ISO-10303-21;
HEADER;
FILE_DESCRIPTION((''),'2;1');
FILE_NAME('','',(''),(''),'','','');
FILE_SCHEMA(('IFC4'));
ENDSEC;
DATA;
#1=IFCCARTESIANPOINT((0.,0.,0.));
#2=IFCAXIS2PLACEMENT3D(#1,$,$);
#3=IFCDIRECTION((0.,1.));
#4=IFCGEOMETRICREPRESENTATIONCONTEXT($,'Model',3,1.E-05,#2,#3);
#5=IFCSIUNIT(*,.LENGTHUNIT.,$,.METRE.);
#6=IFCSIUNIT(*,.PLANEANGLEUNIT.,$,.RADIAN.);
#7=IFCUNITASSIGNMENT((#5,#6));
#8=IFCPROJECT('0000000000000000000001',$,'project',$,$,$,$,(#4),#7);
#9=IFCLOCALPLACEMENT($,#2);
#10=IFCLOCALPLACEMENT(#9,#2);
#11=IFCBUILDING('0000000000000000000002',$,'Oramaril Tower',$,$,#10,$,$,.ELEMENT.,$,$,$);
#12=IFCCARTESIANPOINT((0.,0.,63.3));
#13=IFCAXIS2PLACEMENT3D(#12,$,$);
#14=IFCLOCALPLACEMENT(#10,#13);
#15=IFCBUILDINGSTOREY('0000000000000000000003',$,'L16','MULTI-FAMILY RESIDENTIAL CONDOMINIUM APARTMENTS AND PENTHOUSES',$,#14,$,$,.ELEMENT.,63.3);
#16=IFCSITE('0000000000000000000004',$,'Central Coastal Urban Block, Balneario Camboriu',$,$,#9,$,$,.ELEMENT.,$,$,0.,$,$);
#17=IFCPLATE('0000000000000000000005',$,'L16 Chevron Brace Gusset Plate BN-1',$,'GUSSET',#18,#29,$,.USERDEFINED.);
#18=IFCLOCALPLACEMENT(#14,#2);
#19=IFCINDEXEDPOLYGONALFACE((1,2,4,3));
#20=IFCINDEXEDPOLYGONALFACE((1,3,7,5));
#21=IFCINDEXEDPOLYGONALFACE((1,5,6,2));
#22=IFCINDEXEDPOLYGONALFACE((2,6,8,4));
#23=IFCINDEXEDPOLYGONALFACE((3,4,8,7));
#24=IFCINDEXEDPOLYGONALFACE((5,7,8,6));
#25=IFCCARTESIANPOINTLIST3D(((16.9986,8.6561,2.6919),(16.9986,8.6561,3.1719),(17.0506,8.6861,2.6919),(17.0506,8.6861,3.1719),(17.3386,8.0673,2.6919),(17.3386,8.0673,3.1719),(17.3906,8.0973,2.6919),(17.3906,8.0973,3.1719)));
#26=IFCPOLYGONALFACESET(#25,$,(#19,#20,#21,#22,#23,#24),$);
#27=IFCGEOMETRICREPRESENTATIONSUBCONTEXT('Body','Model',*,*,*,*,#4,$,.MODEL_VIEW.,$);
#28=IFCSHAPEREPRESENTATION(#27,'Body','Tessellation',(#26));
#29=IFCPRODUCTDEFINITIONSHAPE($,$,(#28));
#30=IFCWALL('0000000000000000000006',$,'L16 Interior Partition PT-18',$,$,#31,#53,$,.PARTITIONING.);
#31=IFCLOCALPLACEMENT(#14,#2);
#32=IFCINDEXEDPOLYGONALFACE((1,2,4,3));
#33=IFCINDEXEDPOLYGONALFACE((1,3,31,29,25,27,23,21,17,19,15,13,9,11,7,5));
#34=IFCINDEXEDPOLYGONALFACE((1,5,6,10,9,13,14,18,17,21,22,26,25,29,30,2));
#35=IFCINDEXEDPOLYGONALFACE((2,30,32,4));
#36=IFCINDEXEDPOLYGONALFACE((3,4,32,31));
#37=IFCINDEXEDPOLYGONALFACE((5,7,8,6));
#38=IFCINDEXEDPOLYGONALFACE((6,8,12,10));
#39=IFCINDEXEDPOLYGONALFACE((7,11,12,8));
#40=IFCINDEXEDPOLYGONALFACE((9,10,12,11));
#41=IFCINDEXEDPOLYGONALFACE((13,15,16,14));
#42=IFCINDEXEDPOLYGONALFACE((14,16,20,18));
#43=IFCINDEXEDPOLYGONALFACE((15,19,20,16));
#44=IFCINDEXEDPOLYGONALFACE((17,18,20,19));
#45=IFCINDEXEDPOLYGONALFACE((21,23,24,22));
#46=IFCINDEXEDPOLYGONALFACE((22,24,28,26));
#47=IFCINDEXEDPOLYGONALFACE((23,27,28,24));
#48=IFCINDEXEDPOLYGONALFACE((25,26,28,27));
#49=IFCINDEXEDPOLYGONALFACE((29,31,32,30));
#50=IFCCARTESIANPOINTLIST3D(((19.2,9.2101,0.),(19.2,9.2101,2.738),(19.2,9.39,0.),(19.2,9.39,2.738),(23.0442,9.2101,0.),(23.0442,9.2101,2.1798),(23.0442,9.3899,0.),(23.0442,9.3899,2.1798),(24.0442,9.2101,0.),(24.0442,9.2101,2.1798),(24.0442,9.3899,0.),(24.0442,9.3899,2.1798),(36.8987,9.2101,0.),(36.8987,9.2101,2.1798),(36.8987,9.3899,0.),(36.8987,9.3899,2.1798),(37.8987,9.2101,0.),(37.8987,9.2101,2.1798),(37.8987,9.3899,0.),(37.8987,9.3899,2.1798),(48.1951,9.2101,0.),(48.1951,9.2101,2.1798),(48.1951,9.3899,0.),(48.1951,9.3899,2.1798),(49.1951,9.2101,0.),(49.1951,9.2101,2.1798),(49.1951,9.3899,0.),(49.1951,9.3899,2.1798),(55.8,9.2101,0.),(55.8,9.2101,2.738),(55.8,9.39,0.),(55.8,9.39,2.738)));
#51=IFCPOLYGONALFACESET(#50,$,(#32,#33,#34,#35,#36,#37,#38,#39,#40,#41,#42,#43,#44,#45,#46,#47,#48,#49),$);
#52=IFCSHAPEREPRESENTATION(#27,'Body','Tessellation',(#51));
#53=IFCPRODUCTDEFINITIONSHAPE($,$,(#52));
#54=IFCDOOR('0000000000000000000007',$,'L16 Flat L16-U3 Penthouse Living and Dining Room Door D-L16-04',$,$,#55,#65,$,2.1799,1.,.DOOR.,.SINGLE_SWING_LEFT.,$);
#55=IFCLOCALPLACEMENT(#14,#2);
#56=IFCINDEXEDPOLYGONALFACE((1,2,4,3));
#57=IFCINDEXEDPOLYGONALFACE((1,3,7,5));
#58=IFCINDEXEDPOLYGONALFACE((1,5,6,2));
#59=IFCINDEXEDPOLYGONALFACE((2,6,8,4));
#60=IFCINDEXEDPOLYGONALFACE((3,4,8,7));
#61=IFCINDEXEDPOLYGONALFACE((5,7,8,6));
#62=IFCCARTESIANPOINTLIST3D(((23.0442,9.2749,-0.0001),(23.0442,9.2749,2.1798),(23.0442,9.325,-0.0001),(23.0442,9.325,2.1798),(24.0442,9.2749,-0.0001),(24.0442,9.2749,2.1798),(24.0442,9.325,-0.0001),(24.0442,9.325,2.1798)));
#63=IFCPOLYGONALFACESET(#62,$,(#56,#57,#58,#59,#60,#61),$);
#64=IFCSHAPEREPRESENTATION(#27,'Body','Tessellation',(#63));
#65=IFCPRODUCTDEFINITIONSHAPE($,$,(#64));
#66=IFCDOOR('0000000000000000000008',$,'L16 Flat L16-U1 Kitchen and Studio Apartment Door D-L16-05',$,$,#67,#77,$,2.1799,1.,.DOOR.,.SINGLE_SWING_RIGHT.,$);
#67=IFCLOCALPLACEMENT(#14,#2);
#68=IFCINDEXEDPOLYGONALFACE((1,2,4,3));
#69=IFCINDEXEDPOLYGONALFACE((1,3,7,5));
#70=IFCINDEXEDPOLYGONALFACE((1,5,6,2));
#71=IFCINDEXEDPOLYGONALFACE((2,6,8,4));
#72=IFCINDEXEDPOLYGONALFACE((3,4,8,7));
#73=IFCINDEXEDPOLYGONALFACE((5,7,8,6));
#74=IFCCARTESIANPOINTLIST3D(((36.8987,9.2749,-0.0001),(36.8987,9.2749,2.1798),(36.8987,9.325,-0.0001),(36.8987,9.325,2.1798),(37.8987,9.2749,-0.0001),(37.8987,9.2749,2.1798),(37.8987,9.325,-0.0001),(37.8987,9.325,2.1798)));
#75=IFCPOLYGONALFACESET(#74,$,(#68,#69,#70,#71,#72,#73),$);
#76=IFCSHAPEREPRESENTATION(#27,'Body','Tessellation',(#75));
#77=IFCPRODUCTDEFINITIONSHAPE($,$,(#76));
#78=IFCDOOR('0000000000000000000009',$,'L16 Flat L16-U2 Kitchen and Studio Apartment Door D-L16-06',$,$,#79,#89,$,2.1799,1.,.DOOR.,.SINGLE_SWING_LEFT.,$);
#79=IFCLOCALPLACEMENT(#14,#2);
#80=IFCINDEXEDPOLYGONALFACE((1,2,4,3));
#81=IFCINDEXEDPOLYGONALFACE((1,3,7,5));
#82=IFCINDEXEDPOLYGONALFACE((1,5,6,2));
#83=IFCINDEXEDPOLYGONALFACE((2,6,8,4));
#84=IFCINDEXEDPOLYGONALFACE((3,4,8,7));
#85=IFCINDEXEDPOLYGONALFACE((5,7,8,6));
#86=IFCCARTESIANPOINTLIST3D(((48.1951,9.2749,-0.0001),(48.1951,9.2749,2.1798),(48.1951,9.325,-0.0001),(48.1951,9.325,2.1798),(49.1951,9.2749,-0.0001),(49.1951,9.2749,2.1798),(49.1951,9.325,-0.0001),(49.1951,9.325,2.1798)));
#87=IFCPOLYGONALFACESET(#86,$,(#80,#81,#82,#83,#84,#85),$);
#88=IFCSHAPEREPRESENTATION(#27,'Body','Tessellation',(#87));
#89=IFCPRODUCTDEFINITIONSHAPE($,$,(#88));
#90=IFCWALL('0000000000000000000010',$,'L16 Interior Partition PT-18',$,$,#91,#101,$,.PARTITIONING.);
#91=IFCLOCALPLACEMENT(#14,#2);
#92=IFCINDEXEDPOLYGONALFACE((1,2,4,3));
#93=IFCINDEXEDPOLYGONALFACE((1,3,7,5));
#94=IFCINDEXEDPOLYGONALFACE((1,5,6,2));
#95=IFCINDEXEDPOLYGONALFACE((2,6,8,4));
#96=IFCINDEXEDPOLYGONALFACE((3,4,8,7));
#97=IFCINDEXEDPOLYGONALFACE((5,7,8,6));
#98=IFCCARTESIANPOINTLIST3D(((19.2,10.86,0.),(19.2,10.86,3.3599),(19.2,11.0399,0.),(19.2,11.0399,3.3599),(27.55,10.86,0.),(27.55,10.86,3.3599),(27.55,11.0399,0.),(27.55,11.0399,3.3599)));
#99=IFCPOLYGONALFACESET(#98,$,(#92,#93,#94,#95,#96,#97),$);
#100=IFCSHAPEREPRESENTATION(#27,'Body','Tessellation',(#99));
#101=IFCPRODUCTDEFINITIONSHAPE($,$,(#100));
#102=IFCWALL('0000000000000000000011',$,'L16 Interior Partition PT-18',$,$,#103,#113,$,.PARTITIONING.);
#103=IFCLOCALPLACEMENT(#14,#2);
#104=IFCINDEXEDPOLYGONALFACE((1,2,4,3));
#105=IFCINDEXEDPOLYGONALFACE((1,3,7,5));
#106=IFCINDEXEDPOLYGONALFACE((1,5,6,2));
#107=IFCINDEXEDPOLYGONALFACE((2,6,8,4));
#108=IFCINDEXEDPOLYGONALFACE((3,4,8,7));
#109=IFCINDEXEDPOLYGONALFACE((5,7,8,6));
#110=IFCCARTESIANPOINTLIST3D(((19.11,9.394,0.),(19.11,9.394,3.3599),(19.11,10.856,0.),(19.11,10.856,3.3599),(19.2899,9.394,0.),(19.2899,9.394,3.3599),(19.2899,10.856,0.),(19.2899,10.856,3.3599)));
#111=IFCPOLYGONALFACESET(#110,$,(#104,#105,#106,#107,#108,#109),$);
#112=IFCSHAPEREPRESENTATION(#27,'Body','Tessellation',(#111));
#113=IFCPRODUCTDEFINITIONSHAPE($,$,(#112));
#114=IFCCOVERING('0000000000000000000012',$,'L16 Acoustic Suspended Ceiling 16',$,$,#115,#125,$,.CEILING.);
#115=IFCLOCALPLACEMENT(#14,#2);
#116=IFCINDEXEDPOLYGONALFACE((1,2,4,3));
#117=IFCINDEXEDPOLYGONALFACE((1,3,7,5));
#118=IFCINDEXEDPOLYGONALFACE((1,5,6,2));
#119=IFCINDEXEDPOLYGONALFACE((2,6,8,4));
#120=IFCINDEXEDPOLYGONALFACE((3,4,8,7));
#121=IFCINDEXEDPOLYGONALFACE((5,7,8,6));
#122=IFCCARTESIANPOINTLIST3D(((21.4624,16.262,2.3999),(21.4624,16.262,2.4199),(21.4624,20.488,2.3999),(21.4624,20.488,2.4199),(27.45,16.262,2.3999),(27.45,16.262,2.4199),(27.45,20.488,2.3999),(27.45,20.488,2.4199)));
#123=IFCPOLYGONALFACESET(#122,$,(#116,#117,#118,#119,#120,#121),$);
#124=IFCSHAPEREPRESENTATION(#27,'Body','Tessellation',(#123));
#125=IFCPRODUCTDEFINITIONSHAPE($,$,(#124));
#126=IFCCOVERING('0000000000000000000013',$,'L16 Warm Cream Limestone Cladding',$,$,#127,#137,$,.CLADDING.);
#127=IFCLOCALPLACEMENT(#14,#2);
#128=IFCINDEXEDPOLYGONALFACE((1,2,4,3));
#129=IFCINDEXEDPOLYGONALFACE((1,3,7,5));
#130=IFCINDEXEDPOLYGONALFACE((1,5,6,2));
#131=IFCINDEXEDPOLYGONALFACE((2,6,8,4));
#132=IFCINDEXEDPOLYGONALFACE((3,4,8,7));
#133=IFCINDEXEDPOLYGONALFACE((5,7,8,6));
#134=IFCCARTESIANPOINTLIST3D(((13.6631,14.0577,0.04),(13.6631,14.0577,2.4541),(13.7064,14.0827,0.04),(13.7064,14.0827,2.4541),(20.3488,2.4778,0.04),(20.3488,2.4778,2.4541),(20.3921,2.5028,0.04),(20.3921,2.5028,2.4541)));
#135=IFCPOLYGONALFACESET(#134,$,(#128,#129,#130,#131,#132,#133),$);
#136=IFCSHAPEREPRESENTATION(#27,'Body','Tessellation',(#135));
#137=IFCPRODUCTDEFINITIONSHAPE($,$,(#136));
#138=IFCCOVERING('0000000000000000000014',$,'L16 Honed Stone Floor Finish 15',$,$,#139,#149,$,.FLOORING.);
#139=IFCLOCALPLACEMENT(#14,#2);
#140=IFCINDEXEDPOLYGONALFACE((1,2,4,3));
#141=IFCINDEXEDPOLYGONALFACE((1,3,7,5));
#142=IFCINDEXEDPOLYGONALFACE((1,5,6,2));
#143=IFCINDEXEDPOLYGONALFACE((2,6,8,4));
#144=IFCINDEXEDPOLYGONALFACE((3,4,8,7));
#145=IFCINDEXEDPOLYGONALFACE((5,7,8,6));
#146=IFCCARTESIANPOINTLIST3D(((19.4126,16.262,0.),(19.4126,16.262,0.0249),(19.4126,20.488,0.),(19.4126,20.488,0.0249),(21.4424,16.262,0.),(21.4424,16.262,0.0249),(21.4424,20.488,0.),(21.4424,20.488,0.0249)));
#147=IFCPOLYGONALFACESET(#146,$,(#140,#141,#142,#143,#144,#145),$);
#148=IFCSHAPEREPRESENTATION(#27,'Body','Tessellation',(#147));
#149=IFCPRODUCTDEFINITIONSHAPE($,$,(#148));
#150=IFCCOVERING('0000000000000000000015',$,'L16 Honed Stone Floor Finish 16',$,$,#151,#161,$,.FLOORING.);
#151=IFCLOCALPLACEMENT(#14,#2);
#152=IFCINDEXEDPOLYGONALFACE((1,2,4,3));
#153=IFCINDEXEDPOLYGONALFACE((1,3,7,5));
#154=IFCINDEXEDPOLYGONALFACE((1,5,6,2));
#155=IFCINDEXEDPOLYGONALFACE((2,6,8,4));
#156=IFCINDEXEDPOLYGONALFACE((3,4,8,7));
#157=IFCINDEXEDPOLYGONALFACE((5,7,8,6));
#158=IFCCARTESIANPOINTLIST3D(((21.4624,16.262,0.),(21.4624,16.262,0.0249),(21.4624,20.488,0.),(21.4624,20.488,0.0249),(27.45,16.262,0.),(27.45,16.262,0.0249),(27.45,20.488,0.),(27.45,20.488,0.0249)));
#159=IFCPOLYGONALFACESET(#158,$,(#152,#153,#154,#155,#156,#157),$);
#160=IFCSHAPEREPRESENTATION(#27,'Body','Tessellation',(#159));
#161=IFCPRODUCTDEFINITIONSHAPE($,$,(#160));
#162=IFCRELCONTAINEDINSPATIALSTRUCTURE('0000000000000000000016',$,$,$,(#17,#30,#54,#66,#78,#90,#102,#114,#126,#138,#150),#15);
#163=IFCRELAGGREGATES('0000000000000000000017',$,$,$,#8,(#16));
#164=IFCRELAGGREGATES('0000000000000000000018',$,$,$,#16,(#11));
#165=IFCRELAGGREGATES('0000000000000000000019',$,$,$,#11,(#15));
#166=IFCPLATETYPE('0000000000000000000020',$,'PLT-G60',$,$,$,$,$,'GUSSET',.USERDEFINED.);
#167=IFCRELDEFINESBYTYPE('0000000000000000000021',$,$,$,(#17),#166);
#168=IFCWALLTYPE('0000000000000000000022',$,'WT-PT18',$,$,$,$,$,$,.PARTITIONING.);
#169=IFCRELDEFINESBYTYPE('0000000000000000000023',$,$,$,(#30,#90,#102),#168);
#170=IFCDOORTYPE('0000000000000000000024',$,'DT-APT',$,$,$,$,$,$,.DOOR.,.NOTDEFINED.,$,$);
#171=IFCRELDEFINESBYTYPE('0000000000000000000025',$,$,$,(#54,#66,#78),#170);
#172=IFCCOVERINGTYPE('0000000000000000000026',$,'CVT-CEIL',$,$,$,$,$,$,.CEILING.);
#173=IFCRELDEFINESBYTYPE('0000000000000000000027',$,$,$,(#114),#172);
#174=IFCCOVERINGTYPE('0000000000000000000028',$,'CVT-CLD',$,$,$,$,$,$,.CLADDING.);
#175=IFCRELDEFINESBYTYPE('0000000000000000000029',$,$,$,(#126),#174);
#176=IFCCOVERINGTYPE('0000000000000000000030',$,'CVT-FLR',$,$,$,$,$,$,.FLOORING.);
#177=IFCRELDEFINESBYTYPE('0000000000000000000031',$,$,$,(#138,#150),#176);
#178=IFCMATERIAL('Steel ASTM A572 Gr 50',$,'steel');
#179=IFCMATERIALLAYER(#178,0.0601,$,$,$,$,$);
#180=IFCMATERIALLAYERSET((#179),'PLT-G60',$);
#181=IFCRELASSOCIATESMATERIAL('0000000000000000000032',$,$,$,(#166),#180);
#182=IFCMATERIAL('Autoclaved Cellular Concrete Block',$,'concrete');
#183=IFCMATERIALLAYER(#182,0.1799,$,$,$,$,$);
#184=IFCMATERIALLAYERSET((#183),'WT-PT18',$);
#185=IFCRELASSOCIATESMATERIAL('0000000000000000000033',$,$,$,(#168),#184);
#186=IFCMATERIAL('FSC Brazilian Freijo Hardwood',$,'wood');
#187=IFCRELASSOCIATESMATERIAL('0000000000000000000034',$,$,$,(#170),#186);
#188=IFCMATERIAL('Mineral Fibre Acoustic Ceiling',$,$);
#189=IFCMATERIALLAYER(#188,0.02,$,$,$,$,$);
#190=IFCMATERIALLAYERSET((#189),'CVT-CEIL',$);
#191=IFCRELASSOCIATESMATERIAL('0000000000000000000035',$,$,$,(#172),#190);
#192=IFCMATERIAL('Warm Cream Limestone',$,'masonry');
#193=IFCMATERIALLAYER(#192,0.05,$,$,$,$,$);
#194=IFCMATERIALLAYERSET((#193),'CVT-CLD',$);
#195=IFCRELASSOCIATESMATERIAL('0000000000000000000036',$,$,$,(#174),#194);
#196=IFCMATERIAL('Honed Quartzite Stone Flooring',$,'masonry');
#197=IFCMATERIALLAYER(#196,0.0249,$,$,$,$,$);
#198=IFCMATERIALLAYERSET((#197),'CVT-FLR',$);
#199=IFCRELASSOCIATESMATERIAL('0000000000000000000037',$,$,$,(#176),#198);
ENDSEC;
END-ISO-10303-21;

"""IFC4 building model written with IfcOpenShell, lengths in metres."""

from ifc_helpers import new_model, si_unit, direction, frame, frame_2d, origin, origin_2d, place, context, subcontext, project, spatial, polyline, rectangle, outline, extrude, material, layer, layer_set, type_object, element, fill, save


model = new_model("IFC4")

# Units and contexts
model_context = context("Model", 3, precision=1e-05, world=origin(), true_north=direction((0.0, 1.0)))
body_context = subcontext(model_context, "Body", "Model", "MODEL_VIEW")
ifc_project = project(units=[si_unit("LENGTHUNIT", "METRE"), si_unit("PLANEANGLEUNIT", "RADIAN")], contexts=[model_context])

# Site, building, storey
site_placement = place(None, origin())
site = spatial("IfcSite", under=ifc_project, at=site_placement, Name="Central Coastal Urban Block, Balneario Camboriu", CompositionType="ELEMENT", RefElevation=0.0)
building_placement = place(site_placement, origin())
building = spatial("IfcBuilding", under=site, at=building_placement, Name="Oramaril Tower", CompositionType="ELEMENT")
storey_placement = place(building_placement, frame((0.0, 0.0, 63.3)))
storey = spatial("IfcBuildingStorey", under=building, at=storey_placement, Name="L16", Description="MULTI-FAMILY RESIDENTIAL CONDOMINIUM APARTMENTS AND PENTHOUSES", CompositionType="ELEMENT", Elevation=63.3)

# Plate
ifc_material_1 = material(Name="Steel ASTM A572 Gr 50", Category="steel")
ifc_layer_1 = layer(ifc_material_1, 0.0601)
ifc_layer_set_1 = layer_set([ifc_layer_1], Name="PLT-G60")
plate_type = type_object("IfcPlateType", Name="PLT-G60", ElementType="GUSSET", PredefinedType="USERDEFINED", material=ifc_layer_set_1)
plate_placement = place(storey_placement, frame((17.1946, 8.3767, 2.6919), z_axis=(0.0, 0.0, 1.0), x_axis=(0.500003, -0.866024, 0.0)))
element("IfcPlate", 1, at=plate_placement, inside=storey, type_object=plate_type, Name="L16 Chevron Brace Gusset Plate BN-1", ObjectType="GUSSET", PredefinedType="USERDEFINED", context=body_context, shape_type="SweptSolid", body=[
    extrude(rectangle(XDim=0.6799, YDim=0.0601, at=origin_2d()), origin(), (0.0, 0.0, 1.0), 0.48),
])

# Wall, openings, doors
ifc_material_2 = material(Name="Autoclaved Cellular Concrete Block", Category="concrete")
ifc_layer_2 = layer(ifc_material_2, 0.1799)
ifc_layer_set_2 = layer_set([ifc_layer_2], Name="WT-PT18")
wall_type_1 = type_object("IfcWallType", Name="WT-PT18", PredefinedType="PARTITIONING", material=ifc_layer_set_2)
wall_1_placement = place(storey_placement, frame((19.2, 9.3, 0.0), z_axis=(0.0, 0.0, 1.0), x_axis=(1.0, 0.0, 0.0)))
wall_1 = element("IfcWall", 2, at=wall_1_placement, inside=storey, type_object=wall_type_1, Name="L16 Interior Partition PT-18", PredefinedType="PARTITIONING", context=body_context, shape_type="SweptSolid", body=[
    extrude(rectangle(XDim=36.6001, YDim=0.1799, at=frame_2d((18.3, 0.0))), origin(), (0.0, 0.0, 1.0), 2.738),
])
opening_1_placement = place(wall_1_placement, frame((3.8442, 0.0, 0.0)))
opening_1 = element("IfcOpeningElement", 3, at=opening_1_placement, cuts=wall_1, PredefinedType="OPENING", context=body_context, shape_type="SweptSolid", body=[
    extrude(rectangle(XDim=1.0, YDim=2.1799, at=frame_2d((0.5, 1.0898))), frame((0.0, 0.0898, 0.0), z_axis=(0.0, -1.0, 0.0), x_axis=(1.0, 0.0, 0.0)), (0.0, 0.0, 1.0), 0.1799),
])
opening_2_placement = place(wall_1_placement, frame((17.6987, 0.0, 0.0)))
opening_2 = element("IfcOpeningElement", 4, at=opening_2_placement, cuts=wall_1, PredefinedType="OPENING", context=body_context, shape_type="SweptSolid", body=[
    extrude(rectangle(XDim=1.0, YDim=2.1799, at=frame_2d((0.5, 1.0898))), frame((0.0, 0.0898, 0.0), z_axis=(0.0, -1.0, 0.0), x_axis=(1.0, 0.0, 0.0)), (0.0, 0.0, 1.0), 0.1799),
])
opening_3_placement = place(wall_1_placement, frame((28.9951, 0.0, 0.0)))
opening_3 = element("IfcOpeningElement", 5, at=opening_3_placement, cuts=wall_1, PredefinedType="OPENING", context=body_context, shape_type="SweptSolid", body=[
    extrude(rectangle(XDim=1.0, YDim=2.1799, at=frame_2d((0.5, 1.0898))), frame((0.0, 0.0898, 0.0), z_axis=(0.0, -1.0, 0.0), x_axis=(1.0, 0.0, 0.0)), (0.0, 0.0, 1.0), 0.1799),
])
ifc_material_3 = material(Name="FSC Brazilian Freijo Hardwood", Category="wood")
door_type_1 = type_object("IfcDoorType", Name="DT-APT", OperationType="NOTDEFINED", PredefinedType="DOOR", material=ifc_material_3)
door_1_placement = place(opening_1_placement, origin())
door_1 = element("IfcDoor", 6, at=door_1_placement, inside=storey, type_object=door_type_1, Name="L16 Flat L16-U3 Penthouse Living and Dining Room Door D-L16-04", OperationType="SINGLE_SWING_LEFT", OverallHeight=2.1799, OverallWidth=1.0, PredefinedType="DOOR", context=body_context, shape_type="SweptSolid", body=[
    extrude(rectangle(XDim=1.0, YDim=2.1799, at=frame_2d((0.5, 1.0898))), frame((0.0, 0.0249, 0.0), z_axis=(0.0, -1.0, 0.0), x_axis=(1.0, 0.0, 0.0)), (0.0, 0.0, 1.0), 0.05),
])
fill(opening_1, door_1)
door_2_placement = place(opening_2_placement, origin())
door_2 = element("IfcDoor", 7, at=door_2_placement, inside=storey, type_object=door_type_1, Name="L16 Flat L16-U1 Kitchen and Studio Apartment Door D-L16-05", OperationType="SINGLE_SWING_RIGHT", OverallHeight=2.1799, OverallWidth=1.0, PredefinedType="DOOR", context=body_context, shape_type="SweptSolid", body=[
    extrude(rectangle(XDim=1.0, YDim=2.1799, at=frame_2d((0.5, 1.0898))), frame((0.0, 0.0249, 0.0), z_axis=(0.0, -1.0, 0.0), x_axis=(1.0, 0.0, 0.0)), (0.0, 0.0, 1.0), 0.05),
])
fill(opening_2, door_2)
door_3_placement = place(opening_3_placement, origin())
door_3 = element("IfcDoor", 8, at=door_3_placement, inside=storey, type_object=door_type_1, Name="L16 Flat L16-U2 Kitchen and Studio Apartment Door D-L16-06", OperationType="SINGLE_SWING_LEFT", OverallHeight=2.1799, OverallWidth=1.0, PredefinedType="DOOR", context=body_context, shape_type="SweptSolid", body=[
    extrude(rectangle(XDim=1.0, YDim=2.1799, at=frame_2d((0.5, 1.0898))), frame((0.0, 0.0249, 0.0), z_axis=(0.0, -1.0, 0.0), x_axis=(1.0, 0.0, 0.0)), (0.0, 0.0, 1.0), 0.05),
])
fill(opening_3, door_3)

# Walls
wall_2_placement = place(storey_placement, frame((19.2, 10.95, 0.0), z_axis=(0.0, 0.0, 1.0), x_axis=(1.0, 0.0, 0.0)))
element("IfcWall", 9, at=wall_2_placement, inside=storey, type_object=wall_type_1, Name="L16 Interior Partition PT-18", PredefinedType="PARTITIONING", context=body_context, shape_type="SweptSolid", body=[
    extrude(rectangle(XDim=8.3501, YDim=0.1799, at=frame_2d((4.175, 0.0))), origin(), (0.0, 0.0, 1.0), 3.3599),
])
wall_3_placement = place(storey_placement, frame((19.2, 9.394, 0.0), z_axis=(0.0, 0.0, 1.0), x_axis=(0.0, 1.0, 0.0)))
element("IfcWall", 10, at=wall_3_placement, inside=storey, type_object=wall_type_1, Name="L16 Interior Partition PT-18", PredefinedType="PARTITIONING", context=body_context, shape_type="SweptSolid", body=[
    extrude(rectangle(XDim=1.4619, YDim=0.1799, at=frame_2d((0.731, 0.0))), origin(), (0.0, 0.0, 1.0), 3.3599),
])

# Coverings
ifc_material_4 = material(Name="Mineral Fibre Acoustic Ceiling")
ifc_layer_3 = layer(ifc_material_4, 0.02)
ifc_layer_set_3 = layer_set([ifc_layer_3], Name="CVT-CEIL")
covering_type_1 = type_object("IfcCoveringType", Name="CVT-CEIL", PredefinedType="CEILING", material=ifc_layer_set_3)
covering_1_placement = place(storey_placement, frame((0.0, 0.0, 2.3999)))
element("IfcCovering", 11, at=covering_1_placement, inside=storey, type_object=covering_type_1, Name="L16 Acoustic Suspended Ceiling 16", PredefinedType="CEILING", context=body_context, shape_type="SweptSolid", body=[
    extrude(outline(polyline([(21.4624, 20.488), (27.45, 20.488), (27.45, 16.262), (21.4624, 16.262), (21.4624, 20.488)])), origin(), (0.0, 0.0, 1.0), 0.02),
])
ifc_material_5 = material(Name="Warm Cream Limestone", Category="masonry")
ifc_layer_4 = layer(ifc_material_5, 0.05)
ifc_layer_set_4 = layer_set([ifc_layer_4], Name="CVT-CLD")
covering_type_2 = type_object("IfcCoveringType", Name="CVT-CLD", PredefinedType="CLADDING", material=ifc_layer_set_4)
covering_2_placement = place(storey_placement, frame((17.0276, 8.2803, 0.04), z_axis=(0.0, 0.0, 1.0), x_axis=(0.500003, -0.866024, 0.0)))
element("IfcCovering", 12, at=covering_2_placement, inside=storey, type_object=covering_type_2, Name="L16 Warm Cream Limestone Cladding", PredefinedType="CLADDING", context=body_context, shape_type="SweptSolid", body=[
    extrude(rectangle(XDim=13.3713, YDim=0.05, at=origin_2d()), origin(), (0.0, 0.0, 1.0), 2.4141),
])
ifc_material_6 = material(Name="Honed Quartzite Stone Flooring", Category="masonry")
ifc_layer_5 = layer(ifc_material_6, 0.0249)
ifc_layer_set_5 = layer_set([ifc_layer_5], Name="CVT-FLR")
covering_type_3 = type_object("IfcCoveringType", Name="CVT-FLR", PredefinedType="FLOORING", material=ifc_layer_set_5)
covering_3_placement = place(storey_placement, origin())
element("IfcCovering", 13, at=covering_3_placement, inside=storey, type_object=covering_type_3, Name="L16 Honed Stone Floor Finish 15", PredefinedType="FLOORING", context=body_context, shape_type="SweptSolid", body=[
    extrude(outline(polyline([(21.4424, 16.262), (19.4126, 16.262), (19.4126, 20.488), (21.4424, 20.488), (21.4424, 16.262)])), origin(), (0.0, 0.0, 1.0), 0.0249),
])
covering_4_placement = place(storey_placement, origin())
element("IfcCovering", 14, at=covering_4_placement, inside=storey, type_object=covering_type_3, Name="L16 Honed Stone Floor Finish 16", PredefinedType="FLOORING", context=body_context, shape_type="SweptSolid", body=[
    extrude(outline(polyline([(21.4624, 20.488), (27.45, 20.488), (27.45, 16.262), (21.4624, 16.262), (21.4624, 20.488)])), origin(), (0.0, 0.0, 1.0), 0.0249),
])

save(model, "model.ifc")
